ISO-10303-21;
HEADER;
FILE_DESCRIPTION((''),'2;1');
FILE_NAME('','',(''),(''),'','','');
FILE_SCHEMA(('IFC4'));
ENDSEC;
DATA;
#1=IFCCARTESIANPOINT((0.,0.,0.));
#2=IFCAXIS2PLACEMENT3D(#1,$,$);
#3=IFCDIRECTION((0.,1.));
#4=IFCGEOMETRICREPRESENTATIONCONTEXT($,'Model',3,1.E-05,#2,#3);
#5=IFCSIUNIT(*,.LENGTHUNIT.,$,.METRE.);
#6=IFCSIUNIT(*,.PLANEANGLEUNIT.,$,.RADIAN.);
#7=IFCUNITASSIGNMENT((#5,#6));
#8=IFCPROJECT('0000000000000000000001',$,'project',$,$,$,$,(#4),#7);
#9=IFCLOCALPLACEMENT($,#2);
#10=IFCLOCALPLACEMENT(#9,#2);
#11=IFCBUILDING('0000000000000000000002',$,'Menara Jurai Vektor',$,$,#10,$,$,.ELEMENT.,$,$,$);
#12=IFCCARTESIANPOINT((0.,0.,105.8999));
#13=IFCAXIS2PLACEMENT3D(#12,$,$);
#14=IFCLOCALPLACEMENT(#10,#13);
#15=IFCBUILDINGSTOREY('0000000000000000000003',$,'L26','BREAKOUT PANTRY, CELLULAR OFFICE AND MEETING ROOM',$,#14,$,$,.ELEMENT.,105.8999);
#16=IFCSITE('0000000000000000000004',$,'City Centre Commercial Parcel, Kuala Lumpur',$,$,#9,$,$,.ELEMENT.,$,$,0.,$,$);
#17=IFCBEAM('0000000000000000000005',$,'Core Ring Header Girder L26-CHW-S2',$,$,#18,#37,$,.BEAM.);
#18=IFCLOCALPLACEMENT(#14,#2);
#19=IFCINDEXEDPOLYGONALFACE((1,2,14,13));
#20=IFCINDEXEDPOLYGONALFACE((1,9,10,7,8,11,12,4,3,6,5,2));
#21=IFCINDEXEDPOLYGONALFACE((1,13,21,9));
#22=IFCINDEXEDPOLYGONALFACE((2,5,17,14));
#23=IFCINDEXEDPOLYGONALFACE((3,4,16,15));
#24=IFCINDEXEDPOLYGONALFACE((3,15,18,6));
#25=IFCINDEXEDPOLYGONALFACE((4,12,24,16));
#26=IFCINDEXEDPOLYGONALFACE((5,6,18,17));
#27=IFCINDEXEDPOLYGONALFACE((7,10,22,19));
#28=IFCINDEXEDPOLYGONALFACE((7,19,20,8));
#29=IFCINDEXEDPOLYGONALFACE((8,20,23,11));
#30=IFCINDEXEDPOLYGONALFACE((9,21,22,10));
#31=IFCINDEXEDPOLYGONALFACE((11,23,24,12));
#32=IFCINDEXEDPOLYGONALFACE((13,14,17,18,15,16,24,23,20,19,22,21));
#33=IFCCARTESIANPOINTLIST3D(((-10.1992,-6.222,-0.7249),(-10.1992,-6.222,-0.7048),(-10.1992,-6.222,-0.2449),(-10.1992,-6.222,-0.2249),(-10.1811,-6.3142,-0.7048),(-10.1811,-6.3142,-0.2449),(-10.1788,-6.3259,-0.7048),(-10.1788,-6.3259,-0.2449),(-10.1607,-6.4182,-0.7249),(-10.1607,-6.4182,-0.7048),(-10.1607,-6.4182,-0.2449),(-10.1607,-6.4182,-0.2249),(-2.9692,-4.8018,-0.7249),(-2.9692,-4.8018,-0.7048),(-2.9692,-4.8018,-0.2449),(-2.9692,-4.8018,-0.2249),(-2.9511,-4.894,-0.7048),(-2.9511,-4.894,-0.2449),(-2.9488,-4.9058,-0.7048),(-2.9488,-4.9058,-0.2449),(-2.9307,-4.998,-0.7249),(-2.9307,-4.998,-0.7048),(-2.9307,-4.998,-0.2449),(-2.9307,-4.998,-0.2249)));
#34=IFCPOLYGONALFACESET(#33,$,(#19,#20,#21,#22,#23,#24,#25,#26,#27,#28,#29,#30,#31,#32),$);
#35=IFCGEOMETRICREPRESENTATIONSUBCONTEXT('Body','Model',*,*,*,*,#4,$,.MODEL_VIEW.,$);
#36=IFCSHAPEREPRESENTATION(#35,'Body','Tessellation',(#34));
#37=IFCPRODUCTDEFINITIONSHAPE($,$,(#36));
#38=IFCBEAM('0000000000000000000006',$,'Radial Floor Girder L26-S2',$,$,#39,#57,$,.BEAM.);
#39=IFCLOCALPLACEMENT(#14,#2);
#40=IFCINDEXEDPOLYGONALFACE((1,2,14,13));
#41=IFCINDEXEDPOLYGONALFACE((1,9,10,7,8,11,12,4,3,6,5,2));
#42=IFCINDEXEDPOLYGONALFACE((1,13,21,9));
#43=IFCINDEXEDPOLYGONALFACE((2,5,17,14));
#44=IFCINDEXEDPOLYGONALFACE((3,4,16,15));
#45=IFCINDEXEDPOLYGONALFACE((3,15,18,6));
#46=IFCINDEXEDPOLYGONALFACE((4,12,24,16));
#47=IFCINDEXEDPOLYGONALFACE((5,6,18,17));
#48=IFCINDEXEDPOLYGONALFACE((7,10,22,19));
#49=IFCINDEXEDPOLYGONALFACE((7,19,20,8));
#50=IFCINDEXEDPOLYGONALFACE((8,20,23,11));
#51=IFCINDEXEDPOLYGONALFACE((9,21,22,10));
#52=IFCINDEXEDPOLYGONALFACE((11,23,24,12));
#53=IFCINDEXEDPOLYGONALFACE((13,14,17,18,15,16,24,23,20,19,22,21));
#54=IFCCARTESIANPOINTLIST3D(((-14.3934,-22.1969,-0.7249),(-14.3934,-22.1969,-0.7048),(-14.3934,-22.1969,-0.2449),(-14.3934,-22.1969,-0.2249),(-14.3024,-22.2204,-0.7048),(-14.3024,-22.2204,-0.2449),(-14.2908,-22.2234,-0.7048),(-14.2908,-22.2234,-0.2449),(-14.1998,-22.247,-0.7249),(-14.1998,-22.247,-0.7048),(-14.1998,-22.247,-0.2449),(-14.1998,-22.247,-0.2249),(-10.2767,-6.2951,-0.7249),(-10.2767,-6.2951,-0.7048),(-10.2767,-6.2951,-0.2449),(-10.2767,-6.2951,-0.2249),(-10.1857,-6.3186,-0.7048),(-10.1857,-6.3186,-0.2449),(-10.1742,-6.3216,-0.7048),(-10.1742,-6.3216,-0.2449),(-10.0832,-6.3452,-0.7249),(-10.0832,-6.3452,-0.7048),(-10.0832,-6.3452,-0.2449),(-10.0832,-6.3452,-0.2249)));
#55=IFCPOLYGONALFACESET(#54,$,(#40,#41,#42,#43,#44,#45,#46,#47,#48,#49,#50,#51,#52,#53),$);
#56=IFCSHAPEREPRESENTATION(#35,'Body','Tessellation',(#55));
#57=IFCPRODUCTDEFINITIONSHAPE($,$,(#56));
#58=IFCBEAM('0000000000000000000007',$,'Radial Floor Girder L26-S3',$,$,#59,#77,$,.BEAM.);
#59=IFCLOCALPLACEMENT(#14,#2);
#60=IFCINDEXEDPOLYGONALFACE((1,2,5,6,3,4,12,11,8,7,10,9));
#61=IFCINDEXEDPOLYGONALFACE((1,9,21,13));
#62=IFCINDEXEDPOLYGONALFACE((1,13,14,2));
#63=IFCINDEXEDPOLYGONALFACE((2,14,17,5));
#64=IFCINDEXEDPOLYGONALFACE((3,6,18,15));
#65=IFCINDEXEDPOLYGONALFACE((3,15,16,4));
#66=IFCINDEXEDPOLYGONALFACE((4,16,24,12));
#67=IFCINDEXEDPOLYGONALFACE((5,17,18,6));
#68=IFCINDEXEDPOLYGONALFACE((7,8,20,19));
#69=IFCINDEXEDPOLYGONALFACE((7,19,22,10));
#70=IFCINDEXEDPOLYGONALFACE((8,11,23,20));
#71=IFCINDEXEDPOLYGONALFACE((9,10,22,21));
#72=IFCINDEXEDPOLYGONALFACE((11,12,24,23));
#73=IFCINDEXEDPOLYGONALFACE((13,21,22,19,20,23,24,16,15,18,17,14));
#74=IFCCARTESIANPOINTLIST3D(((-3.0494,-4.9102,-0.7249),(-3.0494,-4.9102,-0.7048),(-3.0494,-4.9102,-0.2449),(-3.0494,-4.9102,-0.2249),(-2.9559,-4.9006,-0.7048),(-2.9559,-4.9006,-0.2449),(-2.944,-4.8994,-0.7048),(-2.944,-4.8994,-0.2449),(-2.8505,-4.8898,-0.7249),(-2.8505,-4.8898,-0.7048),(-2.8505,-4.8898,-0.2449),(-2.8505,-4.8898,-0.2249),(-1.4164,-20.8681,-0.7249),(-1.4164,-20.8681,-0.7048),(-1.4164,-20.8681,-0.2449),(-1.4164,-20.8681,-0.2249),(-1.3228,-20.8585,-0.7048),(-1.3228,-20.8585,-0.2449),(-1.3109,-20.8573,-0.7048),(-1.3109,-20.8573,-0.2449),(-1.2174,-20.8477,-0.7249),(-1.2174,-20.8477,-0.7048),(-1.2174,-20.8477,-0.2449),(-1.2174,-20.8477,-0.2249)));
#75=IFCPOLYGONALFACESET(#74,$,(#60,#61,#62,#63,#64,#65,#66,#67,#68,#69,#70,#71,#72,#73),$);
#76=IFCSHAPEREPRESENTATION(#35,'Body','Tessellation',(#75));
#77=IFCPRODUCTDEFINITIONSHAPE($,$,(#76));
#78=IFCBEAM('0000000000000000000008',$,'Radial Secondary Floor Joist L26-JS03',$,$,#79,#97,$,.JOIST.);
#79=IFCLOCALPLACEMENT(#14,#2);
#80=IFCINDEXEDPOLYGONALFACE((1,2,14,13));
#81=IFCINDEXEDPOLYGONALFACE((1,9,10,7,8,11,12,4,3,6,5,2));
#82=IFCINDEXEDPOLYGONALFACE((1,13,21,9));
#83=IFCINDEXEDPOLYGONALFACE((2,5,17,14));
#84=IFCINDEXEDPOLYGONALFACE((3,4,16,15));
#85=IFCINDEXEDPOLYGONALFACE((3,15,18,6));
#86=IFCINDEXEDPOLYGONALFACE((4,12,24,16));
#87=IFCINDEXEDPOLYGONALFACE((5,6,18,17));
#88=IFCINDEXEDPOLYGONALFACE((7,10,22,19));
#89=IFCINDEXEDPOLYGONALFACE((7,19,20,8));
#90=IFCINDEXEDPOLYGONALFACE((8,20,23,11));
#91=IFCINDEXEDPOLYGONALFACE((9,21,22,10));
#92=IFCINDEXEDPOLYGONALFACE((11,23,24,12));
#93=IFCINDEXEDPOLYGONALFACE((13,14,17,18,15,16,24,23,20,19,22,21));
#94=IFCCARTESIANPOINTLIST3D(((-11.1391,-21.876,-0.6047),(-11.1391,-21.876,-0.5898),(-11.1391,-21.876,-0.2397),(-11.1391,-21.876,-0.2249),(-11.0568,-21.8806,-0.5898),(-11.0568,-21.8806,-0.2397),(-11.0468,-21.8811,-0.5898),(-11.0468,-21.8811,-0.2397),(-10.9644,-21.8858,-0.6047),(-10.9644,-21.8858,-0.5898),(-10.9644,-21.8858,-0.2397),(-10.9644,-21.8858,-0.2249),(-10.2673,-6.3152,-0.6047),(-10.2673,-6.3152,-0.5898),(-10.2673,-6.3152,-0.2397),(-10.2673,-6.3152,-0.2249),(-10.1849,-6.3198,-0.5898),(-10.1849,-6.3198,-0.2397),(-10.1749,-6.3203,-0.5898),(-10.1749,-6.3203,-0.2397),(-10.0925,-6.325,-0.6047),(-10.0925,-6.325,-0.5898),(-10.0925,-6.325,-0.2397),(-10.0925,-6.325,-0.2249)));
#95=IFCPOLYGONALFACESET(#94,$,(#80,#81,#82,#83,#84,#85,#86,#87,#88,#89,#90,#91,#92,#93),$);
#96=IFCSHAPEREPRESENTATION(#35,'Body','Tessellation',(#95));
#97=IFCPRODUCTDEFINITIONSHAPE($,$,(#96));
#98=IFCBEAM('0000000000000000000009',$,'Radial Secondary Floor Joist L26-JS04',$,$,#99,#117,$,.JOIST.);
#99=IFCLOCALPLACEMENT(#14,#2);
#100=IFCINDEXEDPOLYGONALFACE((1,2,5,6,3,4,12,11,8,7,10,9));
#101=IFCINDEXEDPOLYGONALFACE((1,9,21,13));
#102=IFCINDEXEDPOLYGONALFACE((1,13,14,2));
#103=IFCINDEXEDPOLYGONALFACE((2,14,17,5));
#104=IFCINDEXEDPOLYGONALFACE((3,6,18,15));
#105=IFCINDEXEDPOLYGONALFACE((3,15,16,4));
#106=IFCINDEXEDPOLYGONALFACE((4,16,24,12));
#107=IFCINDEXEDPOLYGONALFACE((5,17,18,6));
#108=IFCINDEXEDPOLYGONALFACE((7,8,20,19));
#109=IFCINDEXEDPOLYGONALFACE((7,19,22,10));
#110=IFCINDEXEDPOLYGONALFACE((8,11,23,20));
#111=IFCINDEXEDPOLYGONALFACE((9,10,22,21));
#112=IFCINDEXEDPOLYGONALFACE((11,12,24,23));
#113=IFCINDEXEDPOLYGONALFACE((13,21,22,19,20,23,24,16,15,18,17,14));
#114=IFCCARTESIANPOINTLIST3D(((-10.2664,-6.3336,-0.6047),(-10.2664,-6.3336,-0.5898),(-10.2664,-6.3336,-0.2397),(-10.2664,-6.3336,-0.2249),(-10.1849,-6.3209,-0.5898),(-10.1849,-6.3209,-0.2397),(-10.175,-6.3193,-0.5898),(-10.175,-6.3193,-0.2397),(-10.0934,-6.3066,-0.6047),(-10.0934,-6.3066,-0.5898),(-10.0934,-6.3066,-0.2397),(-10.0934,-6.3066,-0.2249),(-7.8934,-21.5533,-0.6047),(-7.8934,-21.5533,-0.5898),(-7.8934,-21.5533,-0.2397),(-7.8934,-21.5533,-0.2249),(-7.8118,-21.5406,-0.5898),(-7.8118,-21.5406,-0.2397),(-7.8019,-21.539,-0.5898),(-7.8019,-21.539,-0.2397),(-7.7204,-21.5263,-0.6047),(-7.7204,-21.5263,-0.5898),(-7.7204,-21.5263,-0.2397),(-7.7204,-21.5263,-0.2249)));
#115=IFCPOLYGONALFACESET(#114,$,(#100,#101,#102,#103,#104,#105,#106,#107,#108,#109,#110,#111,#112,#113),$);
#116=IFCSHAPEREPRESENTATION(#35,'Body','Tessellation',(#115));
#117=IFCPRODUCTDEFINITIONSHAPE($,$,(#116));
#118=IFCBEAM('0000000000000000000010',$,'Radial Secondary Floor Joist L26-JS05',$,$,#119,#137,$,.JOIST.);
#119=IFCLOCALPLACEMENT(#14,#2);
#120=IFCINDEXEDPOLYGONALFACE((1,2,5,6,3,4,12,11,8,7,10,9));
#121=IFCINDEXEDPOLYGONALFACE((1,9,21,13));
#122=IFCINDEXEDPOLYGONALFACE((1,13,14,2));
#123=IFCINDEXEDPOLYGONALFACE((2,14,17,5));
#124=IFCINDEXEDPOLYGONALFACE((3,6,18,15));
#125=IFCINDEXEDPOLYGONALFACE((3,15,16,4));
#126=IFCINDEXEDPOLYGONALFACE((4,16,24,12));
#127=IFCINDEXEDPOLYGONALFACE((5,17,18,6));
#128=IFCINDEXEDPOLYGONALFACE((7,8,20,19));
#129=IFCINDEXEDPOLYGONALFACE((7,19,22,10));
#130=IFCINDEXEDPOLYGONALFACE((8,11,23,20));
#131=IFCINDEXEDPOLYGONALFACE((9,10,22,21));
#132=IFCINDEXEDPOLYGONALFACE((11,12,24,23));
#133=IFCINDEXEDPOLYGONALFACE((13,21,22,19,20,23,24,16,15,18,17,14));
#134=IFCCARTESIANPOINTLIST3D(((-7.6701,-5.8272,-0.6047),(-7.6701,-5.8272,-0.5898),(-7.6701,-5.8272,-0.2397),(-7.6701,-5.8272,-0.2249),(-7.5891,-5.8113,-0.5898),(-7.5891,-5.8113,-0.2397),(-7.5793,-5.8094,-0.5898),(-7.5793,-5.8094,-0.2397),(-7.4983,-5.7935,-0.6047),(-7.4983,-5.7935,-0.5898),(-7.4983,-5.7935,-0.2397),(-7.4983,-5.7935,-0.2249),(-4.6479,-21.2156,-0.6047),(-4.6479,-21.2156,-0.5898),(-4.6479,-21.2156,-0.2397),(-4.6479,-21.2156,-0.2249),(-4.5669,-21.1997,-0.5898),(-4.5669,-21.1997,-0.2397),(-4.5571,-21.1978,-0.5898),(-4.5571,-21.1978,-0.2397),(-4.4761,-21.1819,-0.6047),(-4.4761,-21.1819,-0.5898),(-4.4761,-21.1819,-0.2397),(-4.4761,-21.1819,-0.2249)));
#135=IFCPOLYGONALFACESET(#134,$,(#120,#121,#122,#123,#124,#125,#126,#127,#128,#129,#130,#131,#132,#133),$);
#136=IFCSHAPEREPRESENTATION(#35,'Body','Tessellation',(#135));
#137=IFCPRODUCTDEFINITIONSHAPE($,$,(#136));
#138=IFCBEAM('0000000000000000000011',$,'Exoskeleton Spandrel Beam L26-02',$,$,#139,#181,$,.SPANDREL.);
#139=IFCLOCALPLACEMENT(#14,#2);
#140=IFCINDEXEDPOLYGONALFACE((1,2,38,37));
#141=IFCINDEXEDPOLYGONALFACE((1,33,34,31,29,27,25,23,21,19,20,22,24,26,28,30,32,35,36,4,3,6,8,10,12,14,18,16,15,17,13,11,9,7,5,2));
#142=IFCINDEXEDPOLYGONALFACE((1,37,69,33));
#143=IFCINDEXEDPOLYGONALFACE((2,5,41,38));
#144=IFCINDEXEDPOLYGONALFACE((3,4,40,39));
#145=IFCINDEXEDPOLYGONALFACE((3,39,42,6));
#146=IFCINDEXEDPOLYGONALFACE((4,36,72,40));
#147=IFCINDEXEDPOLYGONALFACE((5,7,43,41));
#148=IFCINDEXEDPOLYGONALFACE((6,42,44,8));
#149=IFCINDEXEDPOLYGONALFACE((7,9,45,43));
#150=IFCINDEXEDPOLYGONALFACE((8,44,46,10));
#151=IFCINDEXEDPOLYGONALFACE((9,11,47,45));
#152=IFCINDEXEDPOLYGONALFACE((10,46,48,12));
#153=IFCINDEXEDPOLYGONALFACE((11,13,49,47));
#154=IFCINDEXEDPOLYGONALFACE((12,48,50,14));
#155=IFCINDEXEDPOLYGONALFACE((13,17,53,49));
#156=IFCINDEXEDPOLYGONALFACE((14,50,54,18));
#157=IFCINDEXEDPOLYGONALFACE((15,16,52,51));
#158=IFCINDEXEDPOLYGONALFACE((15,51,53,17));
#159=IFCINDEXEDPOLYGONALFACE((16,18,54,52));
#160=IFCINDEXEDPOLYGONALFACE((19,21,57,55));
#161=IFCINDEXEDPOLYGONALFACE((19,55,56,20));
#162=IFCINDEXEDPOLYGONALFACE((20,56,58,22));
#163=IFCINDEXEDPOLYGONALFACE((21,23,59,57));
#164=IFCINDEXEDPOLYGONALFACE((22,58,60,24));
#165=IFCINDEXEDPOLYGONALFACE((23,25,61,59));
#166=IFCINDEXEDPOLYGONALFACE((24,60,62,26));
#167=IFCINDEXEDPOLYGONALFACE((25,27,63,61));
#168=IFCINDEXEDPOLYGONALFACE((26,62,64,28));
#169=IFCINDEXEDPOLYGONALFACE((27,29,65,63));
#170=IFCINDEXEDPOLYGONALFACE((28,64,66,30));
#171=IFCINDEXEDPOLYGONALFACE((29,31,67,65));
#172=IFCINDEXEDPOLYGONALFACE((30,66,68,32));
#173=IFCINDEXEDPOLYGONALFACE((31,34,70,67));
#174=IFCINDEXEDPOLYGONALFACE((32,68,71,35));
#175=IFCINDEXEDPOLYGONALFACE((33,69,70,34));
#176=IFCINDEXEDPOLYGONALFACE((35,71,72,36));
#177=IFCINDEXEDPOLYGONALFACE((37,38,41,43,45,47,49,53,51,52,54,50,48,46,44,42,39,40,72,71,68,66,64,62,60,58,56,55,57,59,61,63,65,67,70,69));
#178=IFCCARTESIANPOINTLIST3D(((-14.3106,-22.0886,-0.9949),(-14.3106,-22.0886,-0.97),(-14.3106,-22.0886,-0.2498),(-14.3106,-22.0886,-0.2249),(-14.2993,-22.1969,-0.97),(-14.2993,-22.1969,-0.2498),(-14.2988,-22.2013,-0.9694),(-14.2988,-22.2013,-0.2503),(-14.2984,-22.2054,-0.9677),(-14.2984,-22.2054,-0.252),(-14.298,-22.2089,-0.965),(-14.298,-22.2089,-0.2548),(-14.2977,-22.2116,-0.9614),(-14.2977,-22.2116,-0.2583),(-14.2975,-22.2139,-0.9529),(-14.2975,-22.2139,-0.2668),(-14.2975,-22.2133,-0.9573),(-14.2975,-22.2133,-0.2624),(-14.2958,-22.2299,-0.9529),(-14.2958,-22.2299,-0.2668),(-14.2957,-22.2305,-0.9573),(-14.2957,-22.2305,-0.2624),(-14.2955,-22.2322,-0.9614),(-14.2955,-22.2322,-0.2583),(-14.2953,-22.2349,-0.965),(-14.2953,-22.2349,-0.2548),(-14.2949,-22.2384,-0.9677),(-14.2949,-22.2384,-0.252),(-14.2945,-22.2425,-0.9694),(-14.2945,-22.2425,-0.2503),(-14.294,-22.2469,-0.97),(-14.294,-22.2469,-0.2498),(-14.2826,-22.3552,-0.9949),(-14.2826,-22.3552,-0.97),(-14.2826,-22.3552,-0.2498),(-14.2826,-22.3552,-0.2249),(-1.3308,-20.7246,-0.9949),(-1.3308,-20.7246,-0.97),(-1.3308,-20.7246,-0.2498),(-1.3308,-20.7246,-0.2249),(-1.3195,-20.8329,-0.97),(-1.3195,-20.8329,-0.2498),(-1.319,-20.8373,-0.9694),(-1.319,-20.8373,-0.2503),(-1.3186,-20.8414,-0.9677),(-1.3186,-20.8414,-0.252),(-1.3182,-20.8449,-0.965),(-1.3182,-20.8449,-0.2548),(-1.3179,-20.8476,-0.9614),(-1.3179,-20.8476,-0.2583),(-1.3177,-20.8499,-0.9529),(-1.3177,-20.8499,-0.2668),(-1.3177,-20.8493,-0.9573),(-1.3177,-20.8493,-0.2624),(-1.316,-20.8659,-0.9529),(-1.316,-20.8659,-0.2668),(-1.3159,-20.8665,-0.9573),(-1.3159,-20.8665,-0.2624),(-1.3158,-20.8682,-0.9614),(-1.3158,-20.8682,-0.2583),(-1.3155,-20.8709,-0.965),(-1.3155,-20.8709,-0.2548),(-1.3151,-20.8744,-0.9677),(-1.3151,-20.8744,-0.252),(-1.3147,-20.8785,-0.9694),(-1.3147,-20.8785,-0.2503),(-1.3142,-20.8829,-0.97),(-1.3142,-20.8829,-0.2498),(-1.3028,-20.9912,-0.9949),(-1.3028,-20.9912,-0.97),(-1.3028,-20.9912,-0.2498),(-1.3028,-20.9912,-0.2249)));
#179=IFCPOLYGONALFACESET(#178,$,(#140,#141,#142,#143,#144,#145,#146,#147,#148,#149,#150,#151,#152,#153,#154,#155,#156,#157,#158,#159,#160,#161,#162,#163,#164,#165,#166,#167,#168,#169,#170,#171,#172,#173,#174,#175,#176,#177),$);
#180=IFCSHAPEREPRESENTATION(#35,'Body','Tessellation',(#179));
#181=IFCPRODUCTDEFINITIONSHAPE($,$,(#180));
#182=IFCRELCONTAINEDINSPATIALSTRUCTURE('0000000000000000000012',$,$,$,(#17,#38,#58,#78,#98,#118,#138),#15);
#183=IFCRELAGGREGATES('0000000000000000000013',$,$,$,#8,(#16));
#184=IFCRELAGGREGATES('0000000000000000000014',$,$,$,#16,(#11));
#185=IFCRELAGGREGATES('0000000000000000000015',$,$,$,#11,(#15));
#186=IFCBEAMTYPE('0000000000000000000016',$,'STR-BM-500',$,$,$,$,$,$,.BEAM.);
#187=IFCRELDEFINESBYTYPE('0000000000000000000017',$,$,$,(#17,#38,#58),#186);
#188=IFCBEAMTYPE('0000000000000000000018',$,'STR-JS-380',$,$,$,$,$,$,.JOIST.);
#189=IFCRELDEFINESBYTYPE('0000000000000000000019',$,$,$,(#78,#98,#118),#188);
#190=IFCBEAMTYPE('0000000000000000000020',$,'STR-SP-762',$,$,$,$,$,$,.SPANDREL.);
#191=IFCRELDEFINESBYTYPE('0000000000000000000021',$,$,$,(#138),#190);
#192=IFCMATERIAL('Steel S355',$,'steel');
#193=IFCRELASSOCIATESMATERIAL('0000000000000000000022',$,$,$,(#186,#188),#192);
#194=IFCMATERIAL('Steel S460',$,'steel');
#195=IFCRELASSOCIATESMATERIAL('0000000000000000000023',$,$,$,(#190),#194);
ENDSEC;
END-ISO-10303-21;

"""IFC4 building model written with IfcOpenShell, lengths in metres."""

from ifc_helpers import new_model, si_unit, direction, frame, origin, origin_2d, place, context, subcontext, project, spatial, i_section, extrude, material, material_profile, profile_set, type_object, element, save


model = new_model("IFC4")

# Units and contexts
model_context = context("Model", 3, precision=1e-05, world=origin(), true_north=direction((0.0, 1.0)))
body_context = subcontext(model_context, "Body", "Model", "MODEL_VIEW")
ifc_project = project(units=[si_unit("LENGTHUNIT", "METRE"), si_unit("PLANEANGLEUNIT", "RADIAN")], contexts=[model_context])

# Site, building, storey
site_placement = place(None, origin())
site = spatial("IfcSite", under=ifc_project, at=site_placement, Name="City Centre Commercial Parcel, Kuala Lumpur", CompositionType="ELEMENT", RefElevation=0.0)
building_placement = place(site_placement, origin())
building = spatial("IfcBuilding", under=site, at=building_placement, Name="Menara Jurai Vektor", CompositionType="ELEMENT")
storey_placement = place(building_placement, frame((0.0, 0.0, 105.8999)))
storey = spatial("IfcBuildingStorey", under=building, at=storey_placement, Name="L26", Description="BREAKOUT PANTRY, CELLULAR OFFICE AND MEETING ROOM", CompositionType="ELEMENT", Elevation=105.8999)

# Shared definitions
ifc_material_1 = material(Name="Steel S460", Category="steel")

# Beams
ifc_material_2 = material(Name="Steel S355", Category="steel")
ifc_material_profile_1 = material_profile(ifc_material_2, i_section(OverallWidth=0.2, OverallDepth=0.5, WebThickness=0.012, FlangeThickness=0.02, at=origin_2d()), Name="PG 500x200x96")
ifc_profile_set_1 = profile_set([ifc_material_profile_1], Name="Steel S355")
beam_type_1 = type_object("IfcBeamType", Name="STR-BM-500", PredefinedType="BEAM", material=ifc_profile_set_1)
beam_1_placement = place(storey_placement, frame((-10.1799, -6.3201, -0.4749), z_axis=(0.981249, 0.192744, 0.0), x_axis=(-0.192744, 0.981249, 0.0)))
element("IfcBeam", 1, at=beam_1_placement, inside=storey, type_object=beam_type_1, Name="Core Ring Header Girder L26-CHW-S2", PredefinedType="BEAM", context=body_context, shape_type="SweptSolid", body=[
    extrude(i_section(OverallWidth=0.2, OverallDepth=0.5, WebThickness=0.012, FlangeThickness=0.02, at=origin_2d()), origin(), (0.0, 0.0, 1.0), 7.3682),
])
beam_2_placement = place(storey_placement, frame((-14.2966, -22.2219, -0.4749), z_axis=(0.25062, 0.968086, 0.0), x_axis=(-0.968086, 0.25062, 0.0)))
element("IfcBeam", 2, at=beam_2_placement, inside=storey, type_object=beam_type_1, Name="Radial Floor Girder L26-S2", PredefinedType="BEAM", context=body_context, shape_type="SweptSolid", body=[
    extrude(i_section(OverallWidth=0.2, OverallDepth=0.5, WebThickness=0.012, FlangeThickness=0.02, at=origin_2d()), origin(), (0.0, 0.0, 1.0), 16.426),
])
beam_3_placement = place(storey_placement, frame((-1.3169, -20.8579, -0.4749), z_axis=(-0.101803, 0.994805, 0.0), x_axis=(-0.994805, -0.101803, 0.0)))
element("IfcBeam", 3, at=beam_3_placement, inside=storey, type_object=beam_type_1, Name="Radial Floor Girder L26-S3", PredefinedType="BEAM", context=body_context, shape_type="SweptSolid", body=[
    extrude(i_section(OverallWidth=0.2, OverallDepth=0.5, WebThickness=0.012, FlangeThickness=0.02, at=origin_2d()), origin(), (0.0, 0.0, 1.0), 16.0413),
])
ifc_material_profile_2 = material_profile(ifc_material_2, i_section(OverallWidth=0.175, OverallDepth=0.3799, WebThickness=0.01, FlangeThickness=0.0149, at=origin_2d()), Name="PG 380x175x58")
ifc_profile_set_2 = profile_set([ifc_material_profile_2], Name="Steel S355")
beam_type_2 = type_object("IfcBeamType", Name="STR-JS-380", PredefinedType="JOIST", material=ifc_profile_set_2)
beam_4_placement = place(storey_placement, frame((-11.0518, -21.8809, -0.4148), z_axis=(0.055939, 0.998434, 0.0), x_axis=(-0.998434, 0.055939, 0.0)))
element("IfcBeam", 4, at=beam_4_placement, inside=storey, type_object=beam_type_2, Name="Radial Secondary Floor Joist L26-JS03", PredefinedType="JOIST", context=body_context, shape_type="SweptSolid", body=[
    extrude(i_section(OverallWidth=0.175, OverallDepth=0.3799, WebThickness=0.01, FlangeThickness=0.0149, at=origin_2d()), origin(), (0.0, 0.0, 1.0), 15.5852),
])
beam_5_placement = place(storey_placement, frame((-7.8069, -21.5398, -0.4148), z_axis=(-0.154058, 0.988062, 0.0), x_axis=(-0.988062, -0.154058, 0.0)))
element("IfcBeam", 5, at=beam_5_placement, inside=storey, type_object=beam_type_2, Name="Radial Secondary Floor Joist L26-JS04", PredefinedType="JOIST", context=body_context, shape_type="SweptSolid", body=[
    extrude(i_section(OverallWidth=0.175, OverallDepth=0.3799, WebThickness=0.01, FlangeThickness=0.0149, at=origin_2d()), origin(), (0.0, 0.0, 1.0), 15.4036),
])
beam_6_placement = place(storey_placement, frame((-4.562, -21.1987, -0.4148), z_axis=(-0.192714, 0.981255, 0.0), x_axis=(-0.981255, -0.192714, 0.0)))
element("IfcBeam", 6, at=beam_6_placement, inside=storey, type_object=beam_type_2, Name="Radial Secondary Floor Joist L26-JS05", PredefinedType="JOIST", context=body_context, shape_type="SweptSolid", body=[
    extrude(i_section(OverallWidth=0.175, OverallDepth=0.3799, WebThickness=0.01, FlangeThickness=0.0149, at=origin_2d()), origin(), (0.0, 0.0, 1.0), 15.6824),
])
ifc_material_profile_3 = material_profile(ifc_material_1, i_section(OverallWidth=0.2681, OverallDepth=0.77, WebThickness=0.0161, FlangeThickness=0.0249, FilletRadius=0.0171, at=origin_2d()), Name="UKB 762x267x197")
ifc_profile_set_3 = profile_set([ifc_material_profile_3], Name="Steel S460")
beam_type_3 = type_object("IfcBeamType", Name="STR-SP-762", PredefinedType="SPANDREL", material=ifc_profile_set_3)
beam_7_placement = place(storey_placement, frame((-14.2966, -22.2219, -0.6099), z_axis=(0.994524, 0.104512, 0.0), x_axis=(-0.104512, 0.994524, 0.0)))
element("IfcBeam", 7, at=beam_7_placement, inside=storey, type_object=beam_type_3, Name="Exoskeleton Spandrel Beam L26-02", PredefinedType="SPANDREL", context=body_context, shape_type="SweptSolid", body=[
    extrude(i_section(OverallWidth=0.2681, OverallDepth=0.77, WebThickness=0.0161, FlangeThickness=0.0249, FilletRadius=0.0171, at=origin_2d()), origin(), (0.0, 0.0, 1.0), 13.0513),
])

save(model, "model.ifc")
